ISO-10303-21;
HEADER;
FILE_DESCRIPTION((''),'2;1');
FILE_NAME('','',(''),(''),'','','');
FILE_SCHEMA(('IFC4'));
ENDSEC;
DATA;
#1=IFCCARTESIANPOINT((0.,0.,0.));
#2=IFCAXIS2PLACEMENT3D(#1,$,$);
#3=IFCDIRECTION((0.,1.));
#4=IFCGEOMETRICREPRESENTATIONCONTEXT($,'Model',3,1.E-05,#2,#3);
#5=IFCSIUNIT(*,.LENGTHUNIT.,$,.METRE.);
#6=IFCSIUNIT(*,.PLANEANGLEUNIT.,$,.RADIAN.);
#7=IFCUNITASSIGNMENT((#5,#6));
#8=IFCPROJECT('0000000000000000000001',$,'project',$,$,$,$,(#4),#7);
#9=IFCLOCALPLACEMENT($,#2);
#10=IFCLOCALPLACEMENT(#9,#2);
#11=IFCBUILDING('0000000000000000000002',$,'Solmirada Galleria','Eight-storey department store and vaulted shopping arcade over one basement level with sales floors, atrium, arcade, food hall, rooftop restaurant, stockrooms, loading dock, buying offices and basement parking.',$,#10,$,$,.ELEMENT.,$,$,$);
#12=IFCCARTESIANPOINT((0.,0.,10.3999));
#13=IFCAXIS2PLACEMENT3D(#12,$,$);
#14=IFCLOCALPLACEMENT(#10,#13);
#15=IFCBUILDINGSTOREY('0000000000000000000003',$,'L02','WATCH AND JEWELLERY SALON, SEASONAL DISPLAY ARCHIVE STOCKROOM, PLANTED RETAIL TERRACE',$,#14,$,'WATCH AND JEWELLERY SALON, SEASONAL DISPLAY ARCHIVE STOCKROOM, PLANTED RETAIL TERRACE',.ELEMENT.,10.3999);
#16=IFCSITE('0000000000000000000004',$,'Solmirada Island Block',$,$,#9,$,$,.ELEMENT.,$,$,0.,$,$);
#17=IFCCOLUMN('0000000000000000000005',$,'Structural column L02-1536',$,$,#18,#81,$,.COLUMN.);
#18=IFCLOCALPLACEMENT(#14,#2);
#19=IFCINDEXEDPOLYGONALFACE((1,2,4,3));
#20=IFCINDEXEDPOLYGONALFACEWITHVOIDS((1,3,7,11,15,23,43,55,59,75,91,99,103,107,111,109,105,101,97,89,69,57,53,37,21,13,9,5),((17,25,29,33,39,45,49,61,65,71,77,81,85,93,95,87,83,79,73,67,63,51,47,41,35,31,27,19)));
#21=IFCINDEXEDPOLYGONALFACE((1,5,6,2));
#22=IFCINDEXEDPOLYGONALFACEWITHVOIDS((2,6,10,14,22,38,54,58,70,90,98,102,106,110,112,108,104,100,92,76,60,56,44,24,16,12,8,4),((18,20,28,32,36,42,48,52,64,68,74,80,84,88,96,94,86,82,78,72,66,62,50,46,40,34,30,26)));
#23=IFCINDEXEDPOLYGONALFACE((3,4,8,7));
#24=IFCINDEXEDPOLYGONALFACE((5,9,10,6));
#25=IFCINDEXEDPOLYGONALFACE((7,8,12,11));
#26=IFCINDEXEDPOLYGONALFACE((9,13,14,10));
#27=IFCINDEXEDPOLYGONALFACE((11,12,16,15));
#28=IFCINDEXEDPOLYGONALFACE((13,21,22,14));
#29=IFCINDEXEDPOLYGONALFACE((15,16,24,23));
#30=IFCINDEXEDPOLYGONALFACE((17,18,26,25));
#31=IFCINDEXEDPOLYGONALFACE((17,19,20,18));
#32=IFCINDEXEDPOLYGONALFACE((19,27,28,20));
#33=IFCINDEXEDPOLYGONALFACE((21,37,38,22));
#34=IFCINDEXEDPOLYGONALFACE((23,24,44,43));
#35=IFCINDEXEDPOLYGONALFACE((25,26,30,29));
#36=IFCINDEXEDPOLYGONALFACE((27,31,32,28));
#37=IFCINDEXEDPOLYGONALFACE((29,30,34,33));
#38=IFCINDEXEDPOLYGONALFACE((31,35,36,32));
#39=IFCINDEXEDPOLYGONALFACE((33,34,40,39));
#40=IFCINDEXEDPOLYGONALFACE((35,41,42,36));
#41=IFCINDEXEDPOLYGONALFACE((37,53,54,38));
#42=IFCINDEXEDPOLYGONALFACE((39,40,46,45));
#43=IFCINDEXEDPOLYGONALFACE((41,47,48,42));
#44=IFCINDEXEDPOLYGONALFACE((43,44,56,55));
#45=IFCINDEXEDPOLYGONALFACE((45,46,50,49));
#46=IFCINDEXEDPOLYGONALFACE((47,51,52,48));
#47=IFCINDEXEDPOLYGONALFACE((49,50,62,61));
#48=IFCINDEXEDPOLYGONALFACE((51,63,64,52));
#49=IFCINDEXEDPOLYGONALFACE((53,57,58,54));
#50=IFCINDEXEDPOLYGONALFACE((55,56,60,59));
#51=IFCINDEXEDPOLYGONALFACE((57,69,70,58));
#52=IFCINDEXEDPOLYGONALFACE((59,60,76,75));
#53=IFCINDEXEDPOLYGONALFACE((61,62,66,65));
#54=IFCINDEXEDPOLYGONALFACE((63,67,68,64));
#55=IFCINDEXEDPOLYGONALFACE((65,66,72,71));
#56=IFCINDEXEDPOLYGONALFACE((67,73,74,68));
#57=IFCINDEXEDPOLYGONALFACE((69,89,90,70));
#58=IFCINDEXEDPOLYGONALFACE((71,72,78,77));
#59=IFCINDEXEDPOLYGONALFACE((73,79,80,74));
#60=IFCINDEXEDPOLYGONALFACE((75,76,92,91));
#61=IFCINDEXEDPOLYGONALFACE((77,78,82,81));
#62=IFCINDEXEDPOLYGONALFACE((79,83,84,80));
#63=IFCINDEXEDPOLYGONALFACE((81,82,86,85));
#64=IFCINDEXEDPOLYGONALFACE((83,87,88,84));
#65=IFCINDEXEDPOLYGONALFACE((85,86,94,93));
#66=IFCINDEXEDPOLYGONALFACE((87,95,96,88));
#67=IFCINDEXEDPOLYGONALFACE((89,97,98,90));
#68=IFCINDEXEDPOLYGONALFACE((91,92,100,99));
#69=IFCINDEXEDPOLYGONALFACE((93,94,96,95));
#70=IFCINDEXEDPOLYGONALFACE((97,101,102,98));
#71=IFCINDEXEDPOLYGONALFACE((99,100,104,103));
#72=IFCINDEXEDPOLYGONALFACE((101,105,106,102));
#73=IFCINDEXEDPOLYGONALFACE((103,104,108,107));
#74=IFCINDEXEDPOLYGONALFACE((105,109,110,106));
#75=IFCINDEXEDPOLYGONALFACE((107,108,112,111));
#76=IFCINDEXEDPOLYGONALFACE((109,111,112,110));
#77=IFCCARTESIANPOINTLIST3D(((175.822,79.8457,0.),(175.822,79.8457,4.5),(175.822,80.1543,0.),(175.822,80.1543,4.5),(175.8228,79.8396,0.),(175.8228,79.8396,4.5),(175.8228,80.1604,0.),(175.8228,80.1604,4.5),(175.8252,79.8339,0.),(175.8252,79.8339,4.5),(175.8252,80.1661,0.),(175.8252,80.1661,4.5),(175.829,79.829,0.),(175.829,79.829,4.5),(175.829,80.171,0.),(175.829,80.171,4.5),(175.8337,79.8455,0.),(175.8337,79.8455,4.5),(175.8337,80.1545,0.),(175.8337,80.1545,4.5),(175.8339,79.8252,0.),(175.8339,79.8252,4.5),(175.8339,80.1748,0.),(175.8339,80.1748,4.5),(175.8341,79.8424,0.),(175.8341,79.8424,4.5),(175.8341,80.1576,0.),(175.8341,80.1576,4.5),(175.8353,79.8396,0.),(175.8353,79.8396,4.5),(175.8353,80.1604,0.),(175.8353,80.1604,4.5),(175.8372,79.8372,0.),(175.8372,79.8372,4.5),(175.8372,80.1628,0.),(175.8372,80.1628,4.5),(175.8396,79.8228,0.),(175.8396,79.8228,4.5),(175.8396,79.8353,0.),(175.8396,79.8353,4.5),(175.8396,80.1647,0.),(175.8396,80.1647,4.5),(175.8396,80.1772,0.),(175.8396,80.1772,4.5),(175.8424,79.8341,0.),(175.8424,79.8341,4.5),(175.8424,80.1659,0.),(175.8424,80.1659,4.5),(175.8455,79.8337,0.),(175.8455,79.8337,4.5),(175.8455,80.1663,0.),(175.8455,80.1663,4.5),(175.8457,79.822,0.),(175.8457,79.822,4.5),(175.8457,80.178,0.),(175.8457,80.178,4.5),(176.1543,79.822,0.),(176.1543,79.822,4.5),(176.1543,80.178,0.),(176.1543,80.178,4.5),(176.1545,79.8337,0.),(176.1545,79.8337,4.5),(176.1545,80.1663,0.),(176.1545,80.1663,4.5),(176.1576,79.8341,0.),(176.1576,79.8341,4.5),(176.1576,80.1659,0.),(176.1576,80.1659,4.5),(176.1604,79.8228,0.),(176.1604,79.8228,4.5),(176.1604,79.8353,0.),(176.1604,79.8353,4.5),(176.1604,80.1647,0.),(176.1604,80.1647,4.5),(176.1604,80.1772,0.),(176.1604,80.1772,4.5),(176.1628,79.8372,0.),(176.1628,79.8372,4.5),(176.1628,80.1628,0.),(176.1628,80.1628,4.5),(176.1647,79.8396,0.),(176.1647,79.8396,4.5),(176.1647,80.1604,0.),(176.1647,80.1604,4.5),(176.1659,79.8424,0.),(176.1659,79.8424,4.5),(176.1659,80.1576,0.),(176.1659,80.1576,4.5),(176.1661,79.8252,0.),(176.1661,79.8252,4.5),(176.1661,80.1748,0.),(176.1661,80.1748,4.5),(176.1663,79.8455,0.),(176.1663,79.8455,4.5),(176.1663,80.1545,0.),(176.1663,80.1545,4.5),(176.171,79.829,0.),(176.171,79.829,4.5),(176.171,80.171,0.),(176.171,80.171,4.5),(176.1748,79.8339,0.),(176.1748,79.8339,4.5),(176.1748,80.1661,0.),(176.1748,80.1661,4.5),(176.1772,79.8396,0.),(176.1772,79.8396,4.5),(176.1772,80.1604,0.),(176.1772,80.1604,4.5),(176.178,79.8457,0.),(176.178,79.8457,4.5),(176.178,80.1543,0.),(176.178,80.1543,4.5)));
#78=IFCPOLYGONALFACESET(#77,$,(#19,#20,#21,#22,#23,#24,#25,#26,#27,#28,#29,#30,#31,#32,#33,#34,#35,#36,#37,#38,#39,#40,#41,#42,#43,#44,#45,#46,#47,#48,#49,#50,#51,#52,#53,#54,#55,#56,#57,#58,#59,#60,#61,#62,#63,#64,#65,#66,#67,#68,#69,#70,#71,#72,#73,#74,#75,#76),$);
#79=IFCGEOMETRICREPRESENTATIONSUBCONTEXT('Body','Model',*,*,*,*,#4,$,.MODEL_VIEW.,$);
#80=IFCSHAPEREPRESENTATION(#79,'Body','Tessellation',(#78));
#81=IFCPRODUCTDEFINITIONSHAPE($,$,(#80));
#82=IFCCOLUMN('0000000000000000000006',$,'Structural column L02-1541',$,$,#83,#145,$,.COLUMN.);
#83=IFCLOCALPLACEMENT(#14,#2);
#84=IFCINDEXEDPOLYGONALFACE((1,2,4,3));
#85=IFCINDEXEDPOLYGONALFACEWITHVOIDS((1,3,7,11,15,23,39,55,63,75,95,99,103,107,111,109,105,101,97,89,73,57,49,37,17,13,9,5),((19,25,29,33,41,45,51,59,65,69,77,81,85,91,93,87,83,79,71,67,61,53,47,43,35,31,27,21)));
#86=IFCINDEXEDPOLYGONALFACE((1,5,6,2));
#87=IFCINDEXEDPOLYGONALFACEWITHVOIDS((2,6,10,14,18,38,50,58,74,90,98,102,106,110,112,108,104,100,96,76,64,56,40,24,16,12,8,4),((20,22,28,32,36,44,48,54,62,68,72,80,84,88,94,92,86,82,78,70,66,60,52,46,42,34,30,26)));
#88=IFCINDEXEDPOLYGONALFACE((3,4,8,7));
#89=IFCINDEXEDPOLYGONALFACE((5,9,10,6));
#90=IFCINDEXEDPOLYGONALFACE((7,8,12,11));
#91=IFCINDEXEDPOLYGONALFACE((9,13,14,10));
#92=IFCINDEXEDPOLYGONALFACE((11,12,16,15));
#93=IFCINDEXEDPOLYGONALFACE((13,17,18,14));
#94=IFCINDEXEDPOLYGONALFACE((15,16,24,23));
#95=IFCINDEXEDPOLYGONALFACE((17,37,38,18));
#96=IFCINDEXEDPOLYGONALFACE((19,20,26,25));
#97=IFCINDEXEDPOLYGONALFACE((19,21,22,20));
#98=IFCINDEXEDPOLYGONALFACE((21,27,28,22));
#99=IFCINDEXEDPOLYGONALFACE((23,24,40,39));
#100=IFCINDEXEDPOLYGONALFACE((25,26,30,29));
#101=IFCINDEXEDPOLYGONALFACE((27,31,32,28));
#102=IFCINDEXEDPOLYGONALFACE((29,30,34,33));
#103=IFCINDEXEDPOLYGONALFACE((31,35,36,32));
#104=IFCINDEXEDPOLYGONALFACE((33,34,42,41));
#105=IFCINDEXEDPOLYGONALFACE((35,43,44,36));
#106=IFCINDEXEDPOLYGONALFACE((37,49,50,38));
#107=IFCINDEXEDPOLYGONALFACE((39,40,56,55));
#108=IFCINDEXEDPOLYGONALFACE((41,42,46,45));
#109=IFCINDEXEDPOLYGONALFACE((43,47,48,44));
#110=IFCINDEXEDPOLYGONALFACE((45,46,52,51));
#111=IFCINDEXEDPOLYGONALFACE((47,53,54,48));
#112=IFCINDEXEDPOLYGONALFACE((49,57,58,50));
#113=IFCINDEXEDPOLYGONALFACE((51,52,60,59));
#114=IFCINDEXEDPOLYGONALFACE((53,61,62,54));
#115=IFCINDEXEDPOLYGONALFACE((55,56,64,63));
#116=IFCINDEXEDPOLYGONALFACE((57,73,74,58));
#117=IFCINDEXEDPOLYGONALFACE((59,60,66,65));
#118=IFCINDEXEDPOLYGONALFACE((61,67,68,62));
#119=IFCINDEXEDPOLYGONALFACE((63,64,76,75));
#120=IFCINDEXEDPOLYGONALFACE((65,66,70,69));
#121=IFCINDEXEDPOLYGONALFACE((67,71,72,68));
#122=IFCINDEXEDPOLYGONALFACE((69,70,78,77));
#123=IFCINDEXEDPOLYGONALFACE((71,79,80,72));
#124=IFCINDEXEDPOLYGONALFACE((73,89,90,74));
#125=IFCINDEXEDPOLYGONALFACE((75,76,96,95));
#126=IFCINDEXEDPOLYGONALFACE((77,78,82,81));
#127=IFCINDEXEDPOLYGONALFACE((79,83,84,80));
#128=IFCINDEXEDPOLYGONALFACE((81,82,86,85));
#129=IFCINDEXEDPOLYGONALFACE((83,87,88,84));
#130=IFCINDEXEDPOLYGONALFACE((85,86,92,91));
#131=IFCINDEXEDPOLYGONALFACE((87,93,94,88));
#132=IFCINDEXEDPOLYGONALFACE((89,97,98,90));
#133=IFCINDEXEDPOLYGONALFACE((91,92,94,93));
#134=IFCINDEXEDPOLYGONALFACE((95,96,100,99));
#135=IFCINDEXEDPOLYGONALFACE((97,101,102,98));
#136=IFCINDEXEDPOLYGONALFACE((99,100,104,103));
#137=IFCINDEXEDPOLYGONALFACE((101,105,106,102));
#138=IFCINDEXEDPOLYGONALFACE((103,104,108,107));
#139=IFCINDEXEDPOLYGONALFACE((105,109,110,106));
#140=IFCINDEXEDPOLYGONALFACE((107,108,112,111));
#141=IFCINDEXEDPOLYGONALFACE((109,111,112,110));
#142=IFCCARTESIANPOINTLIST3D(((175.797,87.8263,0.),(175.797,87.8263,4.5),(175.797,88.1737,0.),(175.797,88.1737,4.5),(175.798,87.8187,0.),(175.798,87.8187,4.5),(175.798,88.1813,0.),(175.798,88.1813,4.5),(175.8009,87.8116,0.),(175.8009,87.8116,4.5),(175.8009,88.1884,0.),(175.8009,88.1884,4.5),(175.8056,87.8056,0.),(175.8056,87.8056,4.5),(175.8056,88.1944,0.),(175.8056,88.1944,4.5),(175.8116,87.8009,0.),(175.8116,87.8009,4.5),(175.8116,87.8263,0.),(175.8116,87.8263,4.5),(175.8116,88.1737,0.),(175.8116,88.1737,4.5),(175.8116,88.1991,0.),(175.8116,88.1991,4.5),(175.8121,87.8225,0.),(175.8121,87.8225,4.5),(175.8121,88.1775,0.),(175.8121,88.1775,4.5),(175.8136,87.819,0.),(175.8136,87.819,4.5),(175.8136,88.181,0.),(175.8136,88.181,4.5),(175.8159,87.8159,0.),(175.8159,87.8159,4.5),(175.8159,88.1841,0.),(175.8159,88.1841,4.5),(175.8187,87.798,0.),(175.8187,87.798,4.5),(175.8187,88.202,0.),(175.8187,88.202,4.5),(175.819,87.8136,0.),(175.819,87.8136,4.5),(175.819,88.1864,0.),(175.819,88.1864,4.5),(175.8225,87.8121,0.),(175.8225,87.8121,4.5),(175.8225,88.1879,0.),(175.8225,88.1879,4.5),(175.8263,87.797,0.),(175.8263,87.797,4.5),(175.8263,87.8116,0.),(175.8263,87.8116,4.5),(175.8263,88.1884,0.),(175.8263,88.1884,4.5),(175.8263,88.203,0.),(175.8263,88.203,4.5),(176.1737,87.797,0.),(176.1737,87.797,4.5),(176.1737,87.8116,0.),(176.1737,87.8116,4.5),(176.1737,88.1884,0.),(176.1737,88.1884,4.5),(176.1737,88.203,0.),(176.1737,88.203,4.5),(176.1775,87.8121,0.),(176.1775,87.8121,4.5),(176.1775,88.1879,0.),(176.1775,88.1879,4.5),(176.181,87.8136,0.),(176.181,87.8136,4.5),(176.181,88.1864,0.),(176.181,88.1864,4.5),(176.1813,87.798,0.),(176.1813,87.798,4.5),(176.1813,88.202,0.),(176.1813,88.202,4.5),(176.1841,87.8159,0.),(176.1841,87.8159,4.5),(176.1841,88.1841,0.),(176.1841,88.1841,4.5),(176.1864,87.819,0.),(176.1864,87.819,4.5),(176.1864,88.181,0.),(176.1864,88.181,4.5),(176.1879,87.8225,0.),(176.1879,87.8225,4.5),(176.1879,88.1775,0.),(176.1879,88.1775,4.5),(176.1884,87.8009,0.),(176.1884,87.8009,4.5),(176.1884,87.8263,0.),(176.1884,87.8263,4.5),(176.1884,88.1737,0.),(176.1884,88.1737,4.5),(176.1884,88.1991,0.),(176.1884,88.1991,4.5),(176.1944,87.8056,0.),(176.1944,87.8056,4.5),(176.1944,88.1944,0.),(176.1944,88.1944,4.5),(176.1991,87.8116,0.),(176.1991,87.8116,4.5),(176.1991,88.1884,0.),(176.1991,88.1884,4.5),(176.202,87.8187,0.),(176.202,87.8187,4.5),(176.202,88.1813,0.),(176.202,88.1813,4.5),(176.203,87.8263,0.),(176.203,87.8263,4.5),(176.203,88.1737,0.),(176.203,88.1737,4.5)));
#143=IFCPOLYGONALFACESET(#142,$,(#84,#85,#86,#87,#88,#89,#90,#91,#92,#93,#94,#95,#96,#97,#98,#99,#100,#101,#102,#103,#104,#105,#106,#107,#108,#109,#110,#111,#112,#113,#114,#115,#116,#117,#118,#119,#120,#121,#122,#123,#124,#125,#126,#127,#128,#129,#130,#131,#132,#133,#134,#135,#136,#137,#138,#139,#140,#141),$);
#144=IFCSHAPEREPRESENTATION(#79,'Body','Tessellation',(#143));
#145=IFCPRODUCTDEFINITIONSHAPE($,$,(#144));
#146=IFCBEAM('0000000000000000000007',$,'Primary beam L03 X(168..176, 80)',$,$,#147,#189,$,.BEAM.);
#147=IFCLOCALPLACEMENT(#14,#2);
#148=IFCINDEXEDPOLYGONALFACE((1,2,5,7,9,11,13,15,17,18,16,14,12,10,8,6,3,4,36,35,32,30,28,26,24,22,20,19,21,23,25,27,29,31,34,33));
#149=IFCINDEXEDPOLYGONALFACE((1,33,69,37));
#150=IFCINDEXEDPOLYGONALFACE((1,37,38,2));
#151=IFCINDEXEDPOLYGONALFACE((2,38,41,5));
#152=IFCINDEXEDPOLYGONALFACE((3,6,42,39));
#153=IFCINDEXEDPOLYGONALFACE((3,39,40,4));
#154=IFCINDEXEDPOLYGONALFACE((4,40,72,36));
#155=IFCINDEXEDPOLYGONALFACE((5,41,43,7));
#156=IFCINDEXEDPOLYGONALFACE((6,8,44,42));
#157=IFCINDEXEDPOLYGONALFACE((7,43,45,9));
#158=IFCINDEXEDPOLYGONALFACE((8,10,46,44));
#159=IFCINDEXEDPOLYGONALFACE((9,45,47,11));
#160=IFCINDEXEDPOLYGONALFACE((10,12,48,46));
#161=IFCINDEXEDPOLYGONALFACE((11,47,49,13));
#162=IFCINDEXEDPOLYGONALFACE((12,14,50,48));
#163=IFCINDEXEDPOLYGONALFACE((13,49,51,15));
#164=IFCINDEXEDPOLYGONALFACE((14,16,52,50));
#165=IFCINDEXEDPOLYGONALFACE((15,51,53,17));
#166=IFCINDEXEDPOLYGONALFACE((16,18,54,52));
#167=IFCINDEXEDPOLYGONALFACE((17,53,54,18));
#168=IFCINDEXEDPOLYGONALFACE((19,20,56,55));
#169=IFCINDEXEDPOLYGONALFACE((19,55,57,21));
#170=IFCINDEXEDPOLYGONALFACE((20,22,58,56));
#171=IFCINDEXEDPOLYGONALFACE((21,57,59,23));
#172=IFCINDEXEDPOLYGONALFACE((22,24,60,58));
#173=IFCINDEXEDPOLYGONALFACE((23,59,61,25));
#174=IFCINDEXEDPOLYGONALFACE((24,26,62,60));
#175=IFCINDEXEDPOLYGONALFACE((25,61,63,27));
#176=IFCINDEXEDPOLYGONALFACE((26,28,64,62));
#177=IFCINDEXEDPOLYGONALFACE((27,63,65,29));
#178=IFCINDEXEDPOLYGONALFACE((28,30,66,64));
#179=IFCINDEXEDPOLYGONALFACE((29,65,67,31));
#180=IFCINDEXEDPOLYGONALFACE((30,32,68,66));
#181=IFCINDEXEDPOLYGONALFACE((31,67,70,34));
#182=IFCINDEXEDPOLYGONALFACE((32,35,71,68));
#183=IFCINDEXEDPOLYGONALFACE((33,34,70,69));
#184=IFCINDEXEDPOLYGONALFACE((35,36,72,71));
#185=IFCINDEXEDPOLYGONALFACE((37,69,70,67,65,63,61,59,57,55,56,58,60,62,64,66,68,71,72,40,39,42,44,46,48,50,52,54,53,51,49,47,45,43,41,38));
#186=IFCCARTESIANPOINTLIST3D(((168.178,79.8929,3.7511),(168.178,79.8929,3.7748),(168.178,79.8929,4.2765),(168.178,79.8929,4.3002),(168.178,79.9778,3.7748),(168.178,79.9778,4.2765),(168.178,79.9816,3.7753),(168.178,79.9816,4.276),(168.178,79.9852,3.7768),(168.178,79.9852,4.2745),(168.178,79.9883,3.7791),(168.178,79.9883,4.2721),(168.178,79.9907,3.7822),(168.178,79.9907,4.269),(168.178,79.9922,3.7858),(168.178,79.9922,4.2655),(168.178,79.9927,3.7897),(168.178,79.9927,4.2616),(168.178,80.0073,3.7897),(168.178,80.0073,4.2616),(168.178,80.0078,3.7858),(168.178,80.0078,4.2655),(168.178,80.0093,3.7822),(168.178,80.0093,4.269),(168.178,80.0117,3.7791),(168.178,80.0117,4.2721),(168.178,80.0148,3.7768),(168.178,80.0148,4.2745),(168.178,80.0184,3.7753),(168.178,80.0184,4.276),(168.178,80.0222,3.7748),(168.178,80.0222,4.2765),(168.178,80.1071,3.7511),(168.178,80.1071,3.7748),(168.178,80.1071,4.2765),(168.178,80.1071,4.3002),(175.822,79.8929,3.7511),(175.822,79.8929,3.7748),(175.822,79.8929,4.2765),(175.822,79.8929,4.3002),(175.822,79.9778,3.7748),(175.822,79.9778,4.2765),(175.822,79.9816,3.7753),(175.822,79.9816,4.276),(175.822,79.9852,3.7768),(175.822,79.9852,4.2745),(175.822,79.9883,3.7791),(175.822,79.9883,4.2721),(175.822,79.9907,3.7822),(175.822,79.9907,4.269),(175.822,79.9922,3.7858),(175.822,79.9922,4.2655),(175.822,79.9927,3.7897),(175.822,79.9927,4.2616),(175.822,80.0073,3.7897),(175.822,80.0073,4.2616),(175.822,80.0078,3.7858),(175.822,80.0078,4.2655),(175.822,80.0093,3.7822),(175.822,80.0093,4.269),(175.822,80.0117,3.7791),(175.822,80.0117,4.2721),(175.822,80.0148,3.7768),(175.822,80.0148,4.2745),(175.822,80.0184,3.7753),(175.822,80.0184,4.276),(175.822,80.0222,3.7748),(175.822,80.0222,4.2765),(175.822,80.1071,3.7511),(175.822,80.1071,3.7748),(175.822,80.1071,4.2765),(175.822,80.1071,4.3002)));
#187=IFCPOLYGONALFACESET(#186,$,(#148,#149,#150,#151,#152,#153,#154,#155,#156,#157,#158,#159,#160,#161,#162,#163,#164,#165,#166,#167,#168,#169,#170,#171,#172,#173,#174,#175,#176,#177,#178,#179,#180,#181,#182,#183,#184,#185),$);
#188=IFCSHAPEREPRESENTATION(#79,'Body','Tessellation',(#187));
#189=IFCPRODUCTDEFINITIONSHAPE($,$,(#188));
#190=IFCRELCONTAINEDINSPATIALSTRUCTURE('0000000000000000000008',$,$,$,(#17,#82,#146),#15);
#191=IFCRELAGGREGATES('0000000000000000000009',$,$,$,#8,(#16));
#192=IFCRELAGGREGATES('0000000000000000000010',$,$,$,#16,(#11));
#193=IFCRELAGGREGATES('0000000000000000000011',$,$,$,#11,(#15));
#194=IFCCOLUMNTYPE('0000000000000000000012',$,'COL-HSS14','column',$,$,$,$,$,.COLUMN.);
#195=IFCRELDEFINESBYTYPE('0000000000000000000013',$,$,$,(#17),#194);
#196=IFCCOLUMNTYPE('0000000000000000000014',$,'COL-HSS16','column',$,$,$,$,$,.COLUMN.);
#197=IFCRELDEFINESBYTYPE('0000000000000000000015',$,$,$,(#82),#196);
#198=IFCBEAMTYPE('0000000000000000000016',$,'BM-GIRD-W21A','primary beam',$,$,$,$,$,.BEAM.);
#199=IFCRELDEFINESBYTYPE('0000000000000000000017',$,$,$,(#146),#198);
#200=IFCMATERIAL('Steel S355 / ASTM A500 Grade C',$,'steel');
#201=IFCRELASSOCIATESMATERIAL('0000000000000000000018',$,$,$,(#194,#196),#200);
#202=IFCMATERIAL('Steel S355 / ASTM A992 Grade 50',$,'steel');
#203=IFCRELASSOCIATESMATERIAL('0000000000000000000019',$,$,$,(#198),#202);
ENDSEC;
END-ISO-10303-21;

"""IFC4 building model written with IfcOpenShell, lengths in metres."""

from ifc_helpers import new_model, si_unit, direction, frame, origin, origin_2d, place, context, subcontext, project, spatial, hollow_rectangle, i_section, extrude, material, material_profile, profile_set, type_object, element, save


model = new_model("IFC4")

# Units and contexts
model_context = context("Model", 3, precision=1e-05, world=origin(), true_north=direction((0.0, 1.0)))
body_context = subcontext(model_context, "Body", "Model", "MODEL_VIEW")
ifc_project = project(units=[si_unit("LENGTHUNIT", "METRE"), si_unit("PLANEANGLEUNIT", "RADIAN")], contexts=[model_context])

# Site, building, storey
site_placement = place(None, origin())
site = spatial("IfcSite", under=ifc_project, at=site_placement, Name="Solmirada Island Block", CompositionType="ELEMENT", RefElevation=0.0)
building_placement = place(site_placement, origin())
building = spatial("IfcBuilding", under=site, at=building_placement, Name="Solmirada Galleria", Description="Eight-storey department store and vaulted shopping arcade over one basement level with sales floors, atrium, arcade, food hall, rooftop restaurant, stockrooms, loading dock, buying offices and basement parking.", CompositionType="ELEMENT")
storey_placement = place(building_placement, frame((0.0, 0.0, 10.3999)))
storey = spatial("IfcBuildingStorey", under=building, at=storey_placement, Name="L02", Description="WATCH AND JEWELLERY SALON, SEASONAL DISPLAY ARCHIVE STOCKROOM, PLANTED RETAIL TERRACE", LongName="WATCH AND JEWELLERY SALON, SEASONAL DISPLAY ARCHIVE STOCKROOM, PLANTED RETAIL TERRACE", CompositionType="ELEMENT", Elevation=10.3999)

# Columns
ifc_material_1 = material(Name="Steel S355 / ASTM A500 Grade C", Category="steel")
ifc_material_profile_1 = material_profile(ifc_material_1, hollow_rectangle(XDim=0.356, YDim=0.356, WallThickness=0.0117, InnerFilletRadius=0.0117, OuterFilletRadius=0.0237, at=origin_2d()), Name="HSS14X14X1/2")
ifc_profile_set_1 = profile_set([ifc_material_profile_1], Name="Steel S355 / ASTM A500 Grade C")
column_type_1 = type_object("IfcColumnType", Name="COL-HSS14", Description="column", PredefinedType="COLUMN", material=ifc_profile_set_1)
column_1_placement = place(storey_placement, frame((176.0, 80.0, 0.0), z_axis=(0.0, 0.0, 1.0), x_axis=(1.0, 0.0, 0.0)))
element("IfcColumn", 1, at=column_1_placement, inside=storey, type_object=column_type_1, Name="Structural column L02-1536", PredefinedType="COLUMN", context=body_context, shape_type="SweptSolid", body=[
    extrude(hollow_rectangle(XDim=0.356, YDim=0.356, WallThickness=0.0117, InnerFilletRadius=0.0117, OuterFilletRadius=0.0237, at=origin_2d()), origin(), (0.0, 0.0, 1.0), 4.5),
])
ifc_material_profile_2 = material_profile(ifc_material_1, hollow_rectangle(XDim=0.406, YDim=0.406, WallThickness=0.0146, InnerFilletRadius=0.0146, OuterFilletRadius=0.0293, at=origin_2d()), Name="HSS16X16X5/8")
ifc_profile_set_2 = profile_set([ifc_material_profile_2], Name="Steel S355 / ASTM A500 Grade C")
column_type_2 = type_object("IfcColumnType", Name="COL-HSS16", Description="column", PredefinedType="COLUMN", material=ifc_profile_set_2)
column_2_placement = place(storey_placement, frame((176.0, 88.0, 0.0), z_axis=(0.0, 0.0, 1.0), x_axis=(1.0, 0.0, 0.0)))
element("IfcColumn", 2, at=column_2_placement, inside=storey, type_object=column_type_2, Name="Structural column L02-1541", PredefinedType="COLUMN", context=body_context, shape_type="SweptSolid", body=[
    extrude(hollow_rectangle(XDim=0.406, YDim=0.406, WallThickness=0.0146, InnerFilletRadius=0.0146, OuterFilletRadius=0.0293, at=origin_2d()), origin(), (0.0, 0.0, 1.0), 4.5),
])

# Beam
ifc_material_2 = material(Name="Steel S355 / ASTM A992 Grade 50", Category="steel")
ifc_material_profile_3 = material_profile(ifc_material_2, i_section(OverallWidth=0.2141, OverallDepth=0.5491, WebThickness=0.0146, FlangeThickness=0.0237, FilletRadius=0.0149, at=origin_2d()), Name="W21X93")
ifc_profile_set_3 = profile_set([ifc_material_profile_3], Name="Steel S355 / ASTM A992 Grade 50")
beam_type_1 = type_object("IfcBeamType", Name="BM-GIRD-W21A", Description="primary beam", PredefinedType="BEAM", material=ifc_profile_set_3)
beam_1_placement = place(storey_placement, frame((168.178, 80.0, 4.0256), z_axis=(1.0, 0.0, 0.0), x_axis=(0.0, 1.0, 0.0)))
element("IfcBeam", 3, at=beam_1_placement, inside=storey, type_object=beam_type_1, Name="Primary beam L03 X(168..176, 80)", PredefinedType="BEAM", context=body_context, shape_type="SweptSolid", body=[
    extrude(i_section(OverallWidth=0.2141, OverallDepth=0.5491, WebThickness=0.0146, FlangeThickness=0.0237, FilletRadius=0.0149, at=origin_2d()), origin(), (0.0, 0.0, 1.0), 7.644),
])

save(model, "model.ifc")
